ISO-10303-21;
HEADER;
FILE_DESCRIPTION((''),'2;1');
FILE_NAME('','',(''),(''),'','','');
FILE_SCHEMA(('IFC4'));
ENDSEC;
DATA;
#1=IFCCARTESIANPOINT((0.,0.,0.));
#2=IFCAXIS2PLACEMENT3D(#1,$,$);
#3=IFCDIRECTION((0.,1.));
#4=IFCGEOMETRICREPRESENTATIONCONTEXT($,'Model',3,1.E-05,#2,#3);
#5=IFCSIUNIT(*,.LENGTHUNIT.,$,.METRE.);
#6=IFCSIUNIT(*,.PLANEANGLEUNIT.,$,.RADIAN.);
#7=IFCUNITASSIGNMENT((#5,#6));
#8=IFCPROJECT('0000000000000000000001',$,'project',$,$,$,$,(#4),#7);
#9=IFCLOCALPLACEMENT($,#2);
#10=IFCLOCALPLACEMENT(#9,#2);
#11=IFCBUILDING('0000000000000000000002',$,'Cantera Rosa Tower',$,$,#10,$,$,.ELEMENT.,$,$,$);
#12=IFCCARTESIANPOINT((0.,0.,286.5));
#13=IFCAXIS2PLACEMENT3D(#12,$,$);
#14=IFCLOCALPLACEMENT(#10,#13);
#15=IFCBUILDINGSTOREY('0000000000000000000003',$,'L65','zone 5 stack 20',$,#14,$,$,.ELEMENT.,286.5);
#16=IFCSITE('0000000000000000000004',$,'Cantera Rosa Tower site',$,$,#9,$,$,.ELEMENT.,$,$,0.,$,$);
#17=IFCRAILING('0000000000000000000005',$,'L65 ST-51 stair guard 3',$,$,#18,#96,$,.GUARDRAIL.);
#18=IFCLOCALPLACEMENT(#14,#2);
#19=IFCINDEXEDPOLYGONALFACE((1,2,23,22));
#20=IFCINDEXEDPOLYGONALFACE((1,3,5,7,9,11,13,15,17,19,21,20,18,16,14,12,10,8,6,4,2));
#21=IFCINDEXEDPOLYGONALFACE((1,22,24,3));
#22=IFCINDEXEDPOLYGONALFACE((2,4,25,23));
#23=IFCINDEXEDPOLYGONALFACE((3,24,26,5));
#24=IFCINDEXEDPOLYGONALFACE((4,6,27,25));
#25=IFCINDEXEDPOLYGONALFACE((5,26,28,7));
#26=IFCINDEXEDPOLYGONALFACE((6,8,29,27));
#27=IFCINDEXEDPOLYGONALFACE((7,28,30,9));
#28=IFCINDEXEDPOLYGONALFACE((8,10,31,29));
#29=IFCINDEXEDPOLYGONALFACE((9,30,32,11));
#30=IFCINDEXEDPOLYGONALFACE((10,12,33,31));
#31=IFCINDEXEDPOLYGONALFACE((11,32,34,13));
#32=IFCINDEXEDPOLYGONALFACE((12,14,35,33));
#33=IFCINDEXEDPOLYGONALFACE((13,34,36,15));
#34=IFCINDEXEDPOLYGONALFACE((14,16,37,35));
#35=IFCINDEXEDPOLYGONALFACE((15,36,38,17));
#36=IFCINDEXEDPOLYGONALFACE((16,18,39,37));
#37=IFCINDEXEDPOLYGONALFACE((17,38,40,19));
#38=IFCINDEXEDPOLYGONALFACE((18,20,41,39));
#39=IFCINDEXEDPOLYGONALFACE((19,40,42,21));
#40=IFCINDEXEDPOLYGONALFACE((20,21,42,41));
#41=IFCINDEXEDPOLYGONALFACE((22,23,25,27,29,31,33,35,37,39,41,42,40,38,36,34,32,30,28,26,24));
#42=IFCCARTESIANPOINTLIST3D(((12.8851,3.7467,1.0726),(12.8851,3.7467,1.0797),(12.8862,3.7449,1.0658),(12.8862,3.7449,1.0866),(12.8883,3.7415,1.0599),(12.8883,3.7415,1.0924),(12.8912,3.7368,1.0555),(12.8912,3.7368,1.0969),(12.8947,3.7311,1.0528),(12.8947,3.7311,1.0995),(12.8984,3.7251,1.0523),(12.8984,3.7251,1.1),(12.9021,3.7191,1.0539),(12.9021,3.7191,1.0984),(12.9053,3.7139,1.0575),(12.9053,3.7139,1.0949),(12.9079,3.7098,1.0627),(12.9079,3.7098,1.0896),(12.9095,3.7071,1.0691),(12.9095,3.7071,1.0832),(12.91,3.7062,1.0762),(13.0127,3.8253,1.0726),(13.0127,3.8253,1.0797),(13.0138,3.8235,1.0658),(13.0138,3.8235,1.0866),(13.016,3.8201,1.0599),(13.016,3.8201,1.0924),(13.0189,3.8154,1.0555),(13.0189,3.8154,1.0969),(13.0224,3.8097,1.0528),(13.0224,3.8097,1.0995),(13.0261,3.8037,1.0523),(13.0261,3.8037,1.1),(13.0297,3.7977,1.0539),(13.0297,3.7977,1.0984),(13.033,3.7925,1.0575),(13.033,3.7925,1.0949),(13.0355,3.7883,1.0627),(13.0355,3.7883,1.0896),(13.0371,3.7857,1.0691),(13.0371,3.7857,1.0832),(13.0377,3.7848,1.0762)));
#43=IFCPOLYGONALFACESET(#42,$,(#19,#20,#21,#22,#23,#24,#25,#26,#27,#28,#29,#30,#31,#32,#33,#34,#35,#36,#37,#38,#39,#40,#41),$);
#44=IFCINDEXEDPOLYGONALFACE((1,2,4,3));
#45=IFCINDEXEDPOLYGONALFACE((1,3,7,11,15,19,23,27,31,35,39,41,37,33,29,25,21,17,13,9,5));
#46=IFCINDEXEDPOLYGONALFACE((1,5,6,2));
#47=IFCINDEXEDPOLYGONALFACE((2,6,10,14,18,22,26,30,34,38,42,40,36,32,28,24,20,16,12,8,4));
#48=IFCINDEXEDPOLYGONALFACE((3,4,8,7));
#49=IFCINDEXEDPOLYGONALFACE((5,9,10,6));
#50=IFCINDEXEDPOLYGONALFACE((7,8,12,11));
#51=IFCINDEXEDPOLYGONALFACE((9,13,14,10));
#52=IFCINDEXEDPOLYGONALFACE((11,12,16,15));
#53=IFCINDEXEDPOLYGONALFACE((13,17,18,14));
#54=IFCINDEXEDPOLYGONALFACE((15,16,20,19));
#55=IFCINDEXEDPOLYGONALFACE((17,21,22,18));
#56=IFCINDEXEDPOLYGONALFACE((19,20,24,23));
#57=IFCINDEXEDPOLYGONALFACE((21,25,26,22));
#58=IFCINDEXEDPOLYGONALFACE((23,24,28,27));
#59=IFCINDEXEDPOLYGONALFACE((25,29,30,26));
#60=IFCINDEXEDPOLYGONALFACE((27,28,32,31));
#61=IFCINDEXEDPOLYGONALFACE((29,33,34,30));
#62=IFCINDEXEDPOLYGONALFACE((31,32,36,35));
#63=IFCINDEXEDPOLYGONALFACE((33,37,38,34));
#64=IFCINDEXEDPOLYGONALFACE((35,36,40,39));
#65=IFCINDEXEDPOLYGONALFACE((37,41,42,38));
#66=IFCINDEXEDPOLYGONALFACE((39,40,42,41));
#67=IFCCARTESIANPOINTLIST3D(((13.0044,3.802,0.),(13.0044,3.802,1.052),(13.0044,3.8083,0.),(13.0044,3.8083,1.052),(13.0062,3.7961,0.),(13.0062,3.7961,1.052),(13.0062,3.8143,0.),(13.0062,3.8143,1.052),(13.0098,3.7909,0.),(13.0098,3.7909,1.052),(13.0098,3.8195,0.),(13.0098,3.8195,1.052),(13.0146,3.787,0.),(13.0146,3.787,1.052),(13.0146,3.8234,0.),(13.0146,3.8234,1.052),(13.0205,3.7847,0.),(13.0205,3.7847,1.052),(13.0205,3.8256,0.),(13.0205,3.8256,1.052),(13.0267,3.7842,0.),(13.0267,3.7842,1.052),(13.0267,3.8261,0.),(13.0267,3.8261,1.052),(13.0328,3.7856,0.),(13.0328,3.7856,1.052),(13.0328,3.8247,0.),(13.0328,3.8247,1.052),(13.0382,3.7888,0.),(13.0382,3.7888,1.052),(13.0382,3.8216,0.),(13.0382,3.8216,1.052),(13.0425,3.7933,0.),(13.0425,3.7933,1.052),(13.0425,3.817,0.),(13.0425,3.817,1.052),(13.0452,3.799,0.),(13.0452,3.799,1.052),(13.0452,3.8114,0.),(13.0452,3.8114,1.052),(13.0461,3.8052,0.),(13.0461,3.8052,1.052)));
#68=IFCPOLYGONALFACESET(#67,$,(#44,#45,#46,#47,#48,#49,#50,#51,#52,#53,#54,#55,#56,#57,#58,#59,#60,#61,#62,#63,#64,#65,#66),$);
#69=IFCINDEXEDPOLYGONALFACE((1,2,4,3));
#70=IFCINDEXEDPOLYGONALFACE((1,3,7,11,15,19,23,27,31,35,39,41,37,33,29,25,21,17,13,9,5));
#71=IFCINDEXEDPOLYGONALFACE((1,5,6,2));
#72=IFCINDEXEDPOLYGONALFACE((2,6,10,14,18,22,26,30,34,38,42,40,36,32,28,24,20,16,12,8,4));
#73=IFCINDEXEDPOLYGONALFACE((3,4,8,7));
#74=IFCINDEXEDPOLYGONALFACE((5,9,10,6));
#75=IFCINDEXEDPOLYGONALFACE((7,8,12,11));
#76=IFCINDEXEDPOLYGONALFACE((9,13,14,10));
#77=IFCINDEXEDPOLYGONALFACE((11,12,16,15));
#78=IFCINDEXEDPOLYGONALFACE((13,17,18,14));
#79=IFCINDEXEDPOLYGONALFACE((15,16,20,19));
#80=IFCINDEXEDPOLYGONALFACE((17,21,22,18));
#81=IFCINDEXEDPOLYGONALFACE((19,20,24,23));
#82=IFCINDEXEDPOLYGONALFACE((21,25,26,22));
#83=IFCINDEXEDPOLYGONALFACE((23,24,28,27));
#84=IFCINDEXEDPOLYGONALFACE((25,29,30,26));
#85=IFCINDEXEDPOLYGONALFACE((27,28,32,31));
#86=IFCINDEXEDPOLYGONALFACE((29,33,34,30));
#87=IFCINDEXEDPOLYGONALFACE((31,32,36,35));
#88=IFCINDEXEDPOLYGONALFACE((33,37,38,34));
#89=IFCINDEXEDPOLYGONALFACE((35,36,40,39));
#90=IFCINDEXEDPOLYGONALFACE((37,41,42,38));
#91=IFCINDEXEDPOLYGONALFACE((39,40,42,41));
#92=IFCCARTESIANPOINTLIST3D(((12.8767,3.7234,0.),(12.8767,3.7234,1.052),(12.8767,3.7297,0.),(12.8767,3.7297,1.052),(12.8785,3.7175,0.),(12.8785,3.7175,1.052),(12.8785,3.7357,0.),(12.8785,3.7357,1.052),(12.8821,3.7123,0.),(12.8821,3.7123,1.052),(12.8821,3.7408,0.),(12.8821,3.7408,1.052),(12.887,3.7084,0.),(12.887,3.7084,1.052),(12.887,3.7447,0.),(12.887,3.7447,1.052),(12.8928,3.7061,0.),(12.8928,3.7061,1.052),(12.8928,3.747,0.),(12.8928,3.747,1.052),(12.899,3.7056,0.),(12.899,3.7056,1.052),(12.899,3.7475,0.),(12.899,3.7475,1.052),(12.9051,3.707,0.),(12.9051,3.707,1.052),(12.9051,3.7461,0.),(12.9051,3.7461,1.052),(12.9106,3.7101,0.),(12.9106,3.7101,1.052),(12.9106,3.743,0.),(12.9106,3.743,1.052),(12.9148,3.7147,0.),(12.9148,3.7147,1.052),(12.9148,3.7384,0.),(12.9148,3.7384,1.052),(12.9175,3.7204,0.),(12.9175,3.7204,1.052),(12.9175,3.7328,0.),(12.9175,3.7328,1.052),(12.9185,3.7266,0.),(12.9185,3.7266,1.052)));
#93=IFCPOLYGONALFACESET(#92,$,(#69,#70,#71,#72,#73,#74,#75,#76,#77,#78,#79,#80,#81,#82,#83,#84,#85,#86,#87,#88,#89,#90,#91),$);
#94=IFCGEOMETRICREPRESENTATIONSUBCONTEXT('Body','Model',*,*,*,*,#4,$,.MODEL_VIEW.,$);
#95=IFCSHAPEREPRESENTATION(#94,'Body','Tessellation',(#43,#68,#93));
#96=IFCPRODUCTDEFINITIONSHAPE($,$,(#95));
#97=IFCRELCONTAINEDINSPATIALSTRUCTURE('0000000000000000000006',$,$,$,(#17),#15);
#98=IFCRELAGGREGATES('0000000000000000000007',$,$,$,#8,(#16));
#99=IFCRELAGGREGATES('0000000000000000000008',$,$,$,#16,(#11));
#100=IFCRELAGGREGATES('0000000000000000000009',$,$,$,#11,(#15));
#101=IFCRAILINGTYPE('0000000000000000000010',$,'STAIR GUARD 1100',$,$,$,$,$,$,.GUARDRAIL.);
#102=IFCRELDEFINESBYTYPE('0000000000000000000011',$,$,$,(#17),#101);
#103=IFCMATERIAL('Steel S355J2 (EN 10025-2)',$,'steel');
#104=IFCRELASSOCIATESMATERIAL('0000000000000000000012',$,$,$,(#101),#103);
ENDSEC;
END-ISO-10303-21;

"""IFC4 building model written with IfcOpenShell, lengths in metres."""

from ifc_helpers import new_model, si_unit, direction, frame, origin, origin_2d, place, context, subcontext, project, spatial, circle, extrude, material, type_object, element, save


model = new_model("IFC4")

# Units and contexts
model_context = context("Model", 3, precision=1e-05, world=origin(), true_north=direction((0.0, 1.0)))
body_context = subcontext(model_context, "Body", "Model", "MODEL_VIEW")
ifc_project = project(units=[si_unit("LENGTHUNIT", "METRE"), si_unit("PLANEANGLEUNIT", "RADIAN")], contexts=[model_context])

# Site, building, storey
site_placement = place(None, origin())
site = spatial("IfcSite", under=ifc_project, at=site_placement, Name="Cantera Rosa Tower site", CompositionType="ELEMENT", RefElevation=0.0)
building_placement = place(site_placement, origin())
building = spatial("IfcBuilding", under=site, at=building_placement, Name="Cantera Rosa Tower", CompositionType="ELEMENT")
storey_placement = place(building_placement, frame((0.0, 0.0, 286.5)))
storey = spatial("IfcBuildingStorey", under=building, at=storey_placement, Name="L65", Description="zone 5 stack 20", CompositionType="ELEMENT", Elevation=286.5)

# Railing
ifc_material_1 = material(Name="Steel S355J2 (EN 10025-2)", Category="steel")
railing_type_1 = type_object("IfcRailingType", Name="STAIR GUARD 1100", PredefinedType="GUARDRAIL", material=ifc_material_1)
railing_1_placement = place(storey_placement, frame((13.0251, 3.8052, 0.0)))
element("IfcRailing", 1, at=railing_1_placement, inside=storey, type_object=railing_type_1, Name="L65 ST-51 stair guard 3", PredefinedType="GUARDRAIL", context=body_context, shape_type="SweptSolid", body=[
    extrude(circle(Radius=0.0239, at=origin_2d()), frame((0.0, 0.0, 1.0762), z_axis=(-0.851546, -0.524279, 0.0), x_axis=(0.524279, -0.851546, 0.0)), (0.0, 0.0, 1.0), 0.1499),
    extrude(circle(Radius=0.021, at=origin_2d()), origin(), (0.0, 0.0, 1.0), 1.052),
    extrude(circle(Radius=0.021, at=origin_2d()), frame((-0.1277, -0.0786, 0.0)), (0.0, 0.0, 1.0), 1.052),
])

save(model, "model.ifc")
